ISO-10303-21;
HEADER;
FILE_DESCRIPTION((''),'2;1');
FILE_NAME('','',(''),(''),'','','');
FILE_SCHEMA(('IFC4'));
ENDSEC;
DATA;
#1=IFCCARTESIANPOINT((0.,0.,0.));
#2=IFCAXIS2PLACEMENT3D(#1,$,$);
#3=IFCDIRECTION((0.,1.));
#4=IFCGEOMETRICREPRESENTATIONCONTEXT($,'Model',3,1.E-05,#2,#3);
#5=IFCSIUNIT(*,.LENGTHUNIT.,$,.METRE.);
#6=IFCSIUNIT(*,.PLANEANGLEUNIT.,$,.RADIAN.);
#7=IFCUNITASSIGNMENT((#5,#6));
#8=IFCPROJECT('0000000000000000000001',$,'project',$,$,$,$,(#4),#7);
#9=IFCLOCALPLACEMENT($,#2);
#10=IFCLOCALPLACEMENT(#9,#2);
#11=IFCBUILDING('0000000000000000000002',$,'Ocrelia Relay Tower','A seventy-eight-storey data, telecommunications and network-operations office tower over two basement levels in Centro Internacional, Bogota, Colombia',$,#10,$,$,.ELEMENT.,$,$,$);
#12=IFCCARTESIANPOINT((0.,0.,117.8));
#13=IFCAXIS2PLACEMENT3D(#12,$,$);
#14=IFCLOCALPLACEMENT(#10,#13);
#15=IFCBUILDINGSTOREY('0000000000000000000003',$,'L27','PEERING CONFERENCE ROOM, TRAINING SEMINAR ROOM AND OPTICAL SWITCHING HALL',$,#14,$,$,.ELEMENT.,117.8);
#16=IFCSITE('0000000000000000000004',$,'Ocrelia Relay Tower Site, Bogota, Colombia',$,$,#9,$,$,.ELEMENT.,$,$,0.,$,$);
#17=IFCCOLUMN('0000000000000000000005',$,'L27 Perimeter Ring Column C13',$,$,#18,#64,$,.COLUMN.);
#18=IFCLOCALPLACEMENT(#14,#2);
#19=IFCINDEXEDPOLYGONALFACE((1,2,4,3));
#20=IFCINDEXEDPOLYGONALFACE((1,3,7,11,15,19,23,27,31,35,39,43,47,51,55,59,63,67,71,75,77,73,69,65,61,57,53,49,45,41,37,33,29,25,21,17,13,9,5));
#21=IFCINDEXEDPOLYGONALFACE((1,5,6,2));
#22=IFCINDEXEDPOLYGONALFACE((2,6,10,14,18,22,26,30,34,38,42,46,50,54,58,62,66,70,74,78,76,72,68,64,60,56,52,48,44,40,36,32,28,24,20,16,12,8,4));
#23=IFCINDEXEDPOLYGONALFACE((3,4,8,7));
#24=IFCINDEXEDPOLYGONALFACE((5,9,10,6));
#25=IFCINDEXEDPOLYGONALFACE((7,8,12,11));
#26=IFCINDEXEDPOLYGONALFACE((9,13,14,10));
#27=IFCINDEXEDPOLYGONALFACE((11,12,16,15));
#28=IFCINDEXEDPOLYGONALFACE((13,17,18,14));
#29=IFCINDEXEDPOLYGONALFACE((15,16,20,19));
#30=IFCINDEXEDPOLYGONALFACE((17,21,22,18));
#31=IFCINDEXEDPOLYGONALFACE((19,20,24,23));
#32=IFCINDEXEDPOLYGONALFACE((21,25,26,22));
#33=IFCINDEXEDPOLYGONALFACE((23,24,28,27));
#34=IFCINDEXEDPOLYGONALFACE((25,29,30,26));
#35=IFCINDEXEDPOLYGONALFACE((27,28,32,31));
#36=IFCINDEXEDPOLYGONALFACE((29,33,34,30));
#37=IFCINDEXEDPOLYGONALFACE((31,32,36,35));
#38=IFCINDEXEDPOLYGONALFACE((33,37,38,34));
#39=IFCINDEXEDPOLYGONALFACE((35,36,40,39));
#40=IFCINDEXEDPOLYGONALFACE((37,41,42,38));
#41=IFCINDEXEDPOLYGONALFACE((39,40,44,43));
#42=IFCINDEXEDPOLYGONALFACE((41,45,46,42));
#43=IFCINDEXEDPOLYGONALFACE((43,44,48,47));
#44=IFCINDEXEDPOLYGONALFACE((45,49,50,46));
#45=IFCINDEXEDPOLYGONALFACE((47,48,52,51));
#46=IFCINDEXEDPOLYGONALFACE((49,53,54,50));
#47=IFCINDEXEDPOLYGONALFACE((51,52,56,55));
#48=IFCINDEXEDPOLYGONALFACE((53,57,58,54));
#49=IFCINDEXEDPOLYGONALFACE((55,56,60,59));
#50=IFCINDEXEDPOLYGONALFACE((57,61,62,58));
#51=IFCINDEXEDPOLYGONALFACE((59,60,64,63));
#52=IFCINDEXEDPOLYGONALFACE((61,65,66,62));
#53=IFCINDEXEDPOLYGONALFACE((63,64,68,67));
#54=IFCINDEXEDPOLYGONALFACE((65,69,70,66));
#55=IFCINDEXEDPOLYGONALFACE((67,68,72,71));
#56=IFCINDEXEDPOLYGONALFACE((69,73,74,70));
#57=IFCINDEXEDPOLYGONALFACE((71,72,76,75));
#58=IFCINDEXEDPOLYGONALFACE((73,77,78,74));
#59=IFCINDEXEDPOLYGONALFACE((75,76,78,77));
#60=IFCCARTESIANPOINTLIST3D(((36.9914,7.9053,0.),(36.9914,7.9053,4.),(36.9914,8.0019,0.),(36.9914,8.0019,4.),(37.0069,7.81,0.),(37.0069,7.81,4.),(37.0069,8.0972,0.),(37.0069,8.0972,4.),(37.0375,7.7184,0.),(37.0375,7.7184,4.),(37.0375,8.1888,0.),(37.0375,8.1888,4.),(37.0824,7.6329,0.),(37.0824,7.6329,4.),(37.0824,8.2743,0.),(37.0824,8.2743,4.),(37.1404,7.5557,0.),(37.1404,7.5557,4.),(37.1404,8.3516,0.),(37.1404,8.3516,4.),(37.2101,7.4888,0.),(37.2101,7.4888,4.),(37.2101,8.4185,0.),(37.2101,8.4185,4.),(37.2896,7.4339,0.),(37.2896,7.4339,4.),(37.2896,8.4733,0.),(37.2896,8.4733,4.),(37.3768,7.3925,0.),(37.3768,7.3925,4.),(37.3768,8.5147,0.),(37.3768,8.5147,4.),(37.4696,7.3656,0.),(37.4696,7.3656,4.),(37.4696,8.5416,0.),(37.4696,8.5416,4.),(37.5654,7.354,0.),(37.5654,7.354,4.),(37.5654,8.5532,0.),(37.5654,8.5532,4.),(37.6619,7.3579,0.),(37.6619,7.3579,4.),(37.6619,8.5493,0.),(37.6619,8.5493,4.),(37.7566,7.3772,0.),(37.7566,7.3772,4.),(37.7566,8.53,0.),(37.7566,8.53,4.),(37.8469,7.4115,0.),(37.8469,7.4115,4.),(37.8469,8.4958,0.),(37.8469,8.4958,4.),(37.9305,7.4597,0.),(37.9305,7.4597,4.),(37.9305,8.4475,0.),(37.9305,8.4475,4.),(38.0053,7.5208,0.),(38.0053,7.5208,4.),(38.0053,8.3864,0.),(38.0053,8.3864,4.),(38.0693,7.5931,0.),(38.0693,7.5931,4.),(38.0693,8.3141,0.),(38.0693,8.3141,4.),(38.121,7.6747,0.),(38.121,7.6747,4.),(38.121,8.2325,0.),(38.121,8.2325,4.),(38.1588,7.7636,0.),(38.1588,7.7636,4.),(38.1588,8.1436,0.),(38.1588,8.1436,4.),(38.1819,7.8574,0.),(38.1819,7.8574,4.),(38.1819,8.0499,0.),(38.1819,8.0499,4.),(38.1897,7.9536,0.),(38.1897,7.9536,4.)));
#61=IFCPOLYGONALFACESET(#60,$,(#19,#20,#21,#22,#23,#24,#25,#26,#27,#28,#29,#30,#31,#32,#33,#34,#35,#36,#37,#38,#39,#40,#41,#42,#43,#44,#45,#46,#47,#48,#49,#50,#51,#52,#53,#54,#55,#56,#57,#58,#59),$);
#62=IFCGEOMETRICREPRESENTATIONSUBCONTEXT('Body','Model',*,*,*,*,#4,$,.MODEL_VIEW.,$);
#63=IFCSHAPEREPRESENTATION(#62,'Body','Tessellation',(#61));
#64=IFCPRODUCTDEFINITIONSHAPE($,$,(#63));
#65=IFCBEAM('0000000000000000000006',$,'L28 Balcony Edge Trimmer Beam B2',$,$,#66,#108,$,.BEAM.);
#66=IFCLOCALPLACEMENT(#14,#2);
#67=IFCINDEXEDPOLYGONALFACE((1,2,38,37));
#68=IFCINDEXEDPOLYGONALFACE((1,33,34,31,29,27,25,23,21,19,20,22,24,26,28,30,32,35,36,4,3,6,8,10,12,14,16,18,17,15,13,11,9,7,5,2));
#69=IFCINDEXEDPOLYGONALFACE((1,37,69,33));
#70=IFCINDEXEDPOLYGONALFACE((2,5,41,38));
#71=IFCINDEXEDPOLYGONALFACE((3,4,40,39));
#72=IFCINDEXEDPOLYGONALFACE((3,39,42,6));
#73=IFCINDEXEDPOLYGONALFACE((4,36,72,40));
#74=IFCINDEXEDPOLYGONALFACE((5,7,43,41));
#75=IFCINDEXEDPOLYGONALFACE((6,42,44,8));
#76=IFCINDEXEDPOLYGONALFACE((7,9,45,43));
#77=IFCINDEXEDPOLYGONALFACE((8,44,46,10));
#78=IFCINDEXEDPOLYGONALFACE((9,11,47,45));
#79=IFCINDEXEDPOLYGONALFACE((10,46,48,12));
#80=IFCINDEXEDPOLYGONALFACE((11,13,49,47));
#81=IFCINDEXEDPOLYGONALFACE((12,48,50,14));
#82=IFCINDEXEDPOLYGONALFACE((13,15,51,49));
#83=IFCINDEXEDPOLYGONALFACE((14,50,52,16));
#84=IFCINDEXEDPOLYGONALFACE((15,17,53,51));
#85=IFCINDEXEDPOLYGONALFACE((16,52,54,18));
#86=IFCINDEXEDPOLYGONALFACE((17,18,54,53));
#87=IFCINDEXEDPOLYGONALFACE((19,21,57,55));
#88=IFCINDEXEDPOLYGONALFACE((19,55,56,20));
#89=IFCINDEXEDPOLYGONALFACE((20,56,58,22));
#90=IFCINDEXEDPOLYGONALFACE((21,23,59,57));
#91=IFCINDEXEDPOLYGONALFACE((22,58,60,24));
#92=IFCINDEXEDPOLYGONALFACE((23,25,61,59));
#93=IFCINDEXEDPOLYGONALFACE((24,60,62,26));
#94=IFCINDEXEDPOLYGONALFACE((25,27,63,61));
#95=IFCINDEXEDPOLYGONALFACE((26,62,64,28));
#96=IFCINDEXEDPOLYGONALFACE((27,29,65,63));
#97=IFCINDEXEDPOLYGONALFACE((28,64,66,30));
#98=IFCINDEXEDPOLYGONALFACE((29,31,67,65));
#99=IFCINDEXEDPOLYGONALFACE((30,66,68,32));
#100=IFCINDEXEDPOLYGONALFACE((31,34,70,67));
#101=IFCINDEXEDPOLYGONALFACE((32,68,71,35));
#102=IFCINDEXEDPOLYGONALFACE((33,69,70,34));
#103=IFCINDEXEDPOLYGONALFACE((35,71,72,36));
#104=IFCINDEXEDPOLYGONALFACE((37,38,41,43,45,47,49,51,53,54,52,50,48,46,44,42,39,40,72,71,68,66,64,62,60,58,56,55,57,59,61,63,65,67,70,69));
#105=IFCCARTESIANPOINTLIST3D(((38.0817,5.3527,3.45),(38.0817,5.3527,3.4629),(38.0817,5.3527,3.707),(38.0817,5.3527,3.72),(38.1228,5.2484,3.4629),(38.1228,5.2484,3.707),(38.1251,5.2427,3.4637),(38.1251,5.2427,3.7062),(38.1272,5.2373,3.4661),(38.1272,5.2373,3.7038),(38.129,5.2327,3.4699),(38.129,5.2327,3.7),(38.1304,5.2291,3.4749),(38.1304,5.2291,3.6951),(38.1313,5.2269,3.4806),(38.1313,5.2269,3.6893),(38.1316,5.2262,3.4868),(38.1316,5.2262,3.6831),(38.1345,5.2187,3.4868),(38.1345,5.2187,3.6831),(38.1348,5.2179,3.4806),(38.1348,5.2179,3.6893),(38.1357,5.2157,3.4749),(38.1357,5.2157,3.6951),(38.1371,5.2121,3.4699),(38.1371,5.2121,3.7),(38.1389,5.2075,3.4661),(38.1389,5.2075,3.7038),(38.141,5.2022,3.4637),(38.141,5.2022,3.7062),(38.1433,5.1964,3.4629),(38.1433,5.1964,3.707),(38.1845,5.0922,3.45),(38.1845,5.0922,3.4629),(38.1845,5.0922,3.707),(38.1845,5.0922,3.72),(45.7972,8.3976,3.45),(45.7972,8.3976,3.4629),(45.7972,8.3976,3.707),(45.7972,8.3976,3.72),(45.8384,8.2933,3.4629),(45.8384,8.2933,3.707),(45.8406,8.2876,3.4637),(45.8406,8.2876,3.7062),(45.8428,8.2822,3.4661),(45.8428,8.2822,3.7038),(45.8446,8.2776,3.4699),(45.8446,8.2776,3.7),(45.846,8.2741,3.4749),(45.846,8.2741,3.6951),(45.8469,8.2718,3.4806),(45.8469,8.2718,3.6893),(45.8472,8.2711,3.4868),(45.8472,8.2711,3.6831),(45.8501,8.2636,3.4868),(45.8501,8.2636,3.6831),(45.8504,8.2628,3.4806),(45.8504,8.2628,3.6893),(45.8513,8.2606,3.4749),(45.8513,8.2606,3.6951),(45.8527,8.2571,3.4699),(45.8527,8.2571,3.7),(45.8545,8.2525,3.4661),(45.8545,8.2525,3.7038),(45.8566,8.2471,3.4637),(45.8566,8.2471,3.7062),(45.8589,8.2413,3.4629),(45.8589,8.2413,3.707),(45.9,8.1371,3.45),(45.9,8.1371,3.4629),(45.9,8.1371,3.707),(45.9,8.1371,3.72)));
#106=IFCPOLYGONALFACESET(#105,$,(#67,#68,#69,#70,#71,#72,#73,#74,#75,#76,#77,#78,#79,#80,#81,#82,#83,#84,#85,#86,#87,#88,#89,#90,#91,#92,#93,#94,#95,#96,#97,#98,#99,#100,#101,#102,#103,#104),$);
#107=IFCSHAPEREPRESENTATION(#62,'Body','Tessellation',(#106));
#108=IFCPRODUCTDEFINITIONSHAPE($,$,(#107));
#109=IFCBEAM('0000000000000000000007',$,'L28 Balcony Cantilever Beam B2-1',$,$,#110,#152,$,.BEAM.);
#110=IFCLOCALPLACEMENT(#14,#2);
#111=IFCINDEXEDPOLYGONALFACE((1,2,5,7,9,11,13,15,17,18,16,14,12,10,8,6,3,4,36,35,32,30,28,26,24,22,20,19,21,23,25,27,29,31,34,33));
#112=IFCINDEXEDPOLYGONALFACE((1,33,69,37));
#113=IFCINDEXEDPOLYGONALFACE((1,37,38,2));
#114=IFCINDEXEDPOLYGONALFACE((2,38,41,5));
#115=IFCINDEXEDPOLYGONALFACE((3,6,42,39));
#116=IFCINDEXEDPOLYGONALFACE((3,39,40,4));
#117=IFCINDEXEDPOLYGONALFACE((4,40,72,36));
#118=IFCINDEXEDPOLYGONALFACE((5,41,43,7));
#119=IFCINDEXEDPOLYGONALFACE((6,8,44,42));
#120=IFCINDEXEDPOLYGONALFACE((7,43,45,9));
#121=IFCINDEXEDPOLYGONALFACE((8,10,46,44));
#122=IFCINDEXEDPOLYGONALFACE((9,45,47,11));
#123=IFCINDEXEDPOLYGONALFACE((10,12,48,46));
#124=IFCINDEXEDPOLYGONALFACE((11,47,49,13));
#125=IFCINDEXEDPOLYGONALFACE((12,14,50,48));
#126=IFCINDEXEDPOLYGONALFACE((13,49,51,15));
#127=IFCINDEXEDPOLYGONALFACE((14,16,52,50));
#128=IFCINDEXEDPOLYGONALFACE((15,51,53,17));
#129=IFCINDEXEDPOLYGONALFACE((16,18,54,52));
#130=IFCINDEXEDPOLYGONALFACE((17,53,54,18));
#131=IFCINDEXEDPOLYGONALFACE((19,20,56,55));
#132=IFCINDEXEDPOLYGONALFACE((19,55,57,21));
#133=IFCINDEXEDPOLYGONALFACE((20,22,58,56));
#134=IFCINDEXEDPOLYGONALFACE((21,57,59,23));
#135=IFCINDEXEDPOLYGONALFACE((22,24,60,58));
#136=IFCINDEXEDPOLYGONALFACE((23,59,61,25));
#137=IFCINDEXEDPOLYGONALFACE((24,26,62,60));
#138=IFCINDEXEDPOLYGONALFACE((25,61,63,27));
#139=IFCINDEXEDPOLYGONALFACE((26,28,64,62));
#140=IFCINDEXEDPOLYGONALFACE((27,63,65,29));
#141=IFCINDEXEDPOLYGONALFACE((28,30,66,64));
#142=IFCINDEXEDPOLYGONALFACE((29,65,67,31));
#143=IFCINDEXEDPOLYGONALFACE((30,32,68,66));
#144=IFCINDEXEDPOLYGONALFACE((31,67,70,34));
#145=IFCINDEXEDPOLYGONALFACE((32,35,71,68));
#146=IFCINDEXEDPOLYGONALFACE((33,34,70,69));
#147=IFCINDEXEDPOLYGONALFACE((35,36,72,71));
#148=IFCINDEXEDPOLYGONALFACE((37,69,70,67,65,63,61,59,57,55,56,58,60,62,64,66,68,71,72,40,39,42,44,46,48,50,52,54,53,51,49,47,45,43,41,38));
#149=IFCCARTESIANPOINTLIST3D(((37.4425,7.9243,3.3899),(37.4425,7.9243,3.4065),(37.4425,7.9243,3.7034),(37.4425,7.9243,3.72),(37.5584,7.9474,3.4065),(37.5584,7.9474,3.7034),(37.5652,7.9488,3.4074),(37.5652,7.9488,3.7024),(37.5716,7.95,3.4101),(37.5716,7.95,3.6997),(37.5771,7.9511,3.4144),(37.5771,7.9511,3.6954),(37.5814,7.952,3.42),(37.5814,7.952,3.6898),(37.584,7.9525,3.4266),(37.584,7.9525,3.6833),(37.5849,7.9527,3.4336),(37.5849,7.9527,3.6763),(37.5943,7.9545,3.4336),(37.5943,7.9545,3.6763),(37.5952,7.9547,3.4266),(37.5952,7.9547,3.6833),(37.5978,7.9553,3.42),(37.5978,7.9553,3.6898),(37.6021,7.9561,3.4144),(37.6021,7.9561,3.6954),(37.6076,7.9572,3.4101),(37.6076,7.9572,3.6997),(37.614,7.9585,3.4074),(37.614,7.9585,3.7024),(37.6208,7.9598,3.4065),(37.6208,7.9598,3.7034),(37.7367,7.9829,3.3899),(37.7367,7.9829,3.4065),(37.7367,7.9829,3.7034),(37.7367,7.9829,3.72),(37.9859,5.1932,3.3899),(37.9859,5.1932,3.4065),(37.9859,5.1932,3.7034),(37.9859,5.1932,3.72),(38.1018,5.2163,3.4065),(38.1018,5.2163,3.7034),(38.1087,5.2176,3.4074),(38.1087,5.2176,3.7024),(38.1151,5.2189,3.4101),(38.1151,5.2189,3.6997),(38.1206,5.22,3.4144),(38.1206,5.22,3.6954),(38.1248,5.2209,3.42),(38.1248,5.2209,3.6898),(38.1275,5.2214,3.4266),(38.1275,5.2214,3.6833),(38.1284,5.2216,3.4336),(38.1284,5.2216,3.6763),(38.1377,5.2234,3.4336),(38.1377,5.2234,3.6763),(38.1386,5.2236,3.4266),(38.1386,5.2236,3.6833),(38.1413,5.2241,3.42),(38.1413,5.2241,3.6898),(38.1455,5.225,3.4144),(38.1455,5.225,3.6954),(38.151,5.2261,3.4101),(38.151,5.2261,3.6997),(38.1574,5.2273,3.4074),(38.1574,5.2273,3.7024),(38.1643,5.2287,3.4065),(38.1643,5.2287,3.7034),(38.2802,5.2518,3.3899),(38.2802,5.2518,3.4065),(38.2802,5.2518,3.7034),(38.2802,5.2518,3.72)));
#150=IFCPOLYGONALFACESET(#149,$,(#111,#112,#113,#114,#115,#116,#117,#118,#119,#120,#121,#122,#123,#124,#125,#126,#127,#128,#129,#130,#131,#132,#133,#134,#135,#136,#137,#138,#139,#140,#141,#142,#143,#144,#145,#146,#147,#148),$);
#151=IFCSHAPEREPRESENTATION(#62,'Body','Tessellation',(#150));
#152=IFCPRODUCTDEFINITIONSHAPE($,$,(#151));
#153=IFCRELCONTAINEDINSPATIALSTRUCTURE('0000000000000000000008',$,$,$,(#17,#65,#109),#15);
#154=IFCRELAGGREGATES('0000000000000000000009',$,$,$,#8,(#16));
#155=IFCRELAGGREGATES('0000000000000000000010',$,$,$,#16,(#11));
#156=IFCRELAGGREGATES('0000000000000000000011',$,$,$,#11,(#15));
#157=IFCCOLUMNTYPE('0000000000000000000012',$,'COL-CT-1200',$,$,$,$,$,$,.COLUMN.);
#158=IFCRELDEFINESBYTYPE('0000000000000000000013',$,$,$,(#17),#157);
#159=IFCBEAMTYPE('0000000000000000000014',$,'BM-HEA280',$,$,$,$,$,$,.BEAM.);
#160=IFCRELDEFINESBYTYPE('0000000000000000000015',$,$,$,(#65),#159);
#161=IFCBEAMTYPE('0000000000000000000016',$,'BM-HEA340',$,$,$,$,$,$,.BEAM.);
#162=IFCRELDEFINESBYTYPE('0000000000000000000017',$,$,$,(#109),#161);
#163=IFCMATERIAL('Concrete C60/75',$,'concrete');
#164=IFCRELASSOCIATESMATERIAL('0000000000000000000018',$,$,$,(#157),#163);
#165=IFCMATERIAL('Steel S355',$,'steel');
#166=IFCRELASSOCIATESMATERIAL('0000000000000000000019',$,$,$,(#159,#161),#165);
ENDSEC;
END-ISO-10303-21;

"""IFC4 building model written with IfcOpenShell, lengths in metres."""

from ifc_helpers import new_model, si_unit, direction, frame, origin, origin_2d, place, context, subcontext, project, spatial, circle, i_section, extrude, material, material_profile, profile_set, type_object, element, save


model = new_model("IFC4")

# Units and contexts
model_context = context("Model", 3, precision=1e-05, world=origin(), true_north=direction((0.0, 1.0)))
body_context = subcontext(model_context, "Body", "Model", "MODEL_VIEW")
ifc_project = project(units=[si_unit("LENGTHUNIT", "METRE"), si_unit("PLANEANGLEUNIT", "RADIAN")], contexts=[model_context])

# Site, building, storey
site_placement = place(None, origin())
site = spatial("IfcSite", under=ifc_project, at=site_placement, Name="Ocrelia Relay Tower Site, Bogota, Colombia", CompositionType="ELEMENT", RefElevation=0.0)
building_placement = place(site_placement, origin())
building = spatial("IfcBuilding", under=site, at=building_placement, Name="Ocrelia Relay Tower", Description="A seventy-eight-storey data, telecommunications and network-operations office tower over two basement levels in Centro Internacional, Bogota, Colombia", CompositionType="ELEMENT")
storey_placement = place(building_placement, frame((0.0, 0.0, 117.8)))
storey = spatial("IfcBuildingStorey", under=building, at=storey_placement, Name="L27", Description="PEERING CONFERENCE ROOM, TRAINING SEMINAR ROOM AND OPTICAL SWITCHING HALL", CompositionType="ELEMENT", Elevation=117.8)

# Column
ifc_material_1 = material(Name="Concrete C60/75", Category="concrete")
ifc_material_profile_1 = material_profile(ifc_material_1, circle(Radius=0.6001, at=origin_2d()), Name="RC-CIR-1200")
ifc_profile_set_1 = profile_set([ifc_material_profile_1], Name="Concrete C60/75")
column_type = type_object("IfcColumnType", Name="COL-CT-1200", PredefinedType="COLUMN", material=ifc_profile_set_1)
column_placement = place(storey_placement, frame((37.5896, 7.9536, 0.0), z_axis=(0.0, 0.0, 1.0), x_axis=(1.0, 0.0, 0.0)))
element("IfcColumn", 1, at=column_placement, inside=storey, type_object=column_type, Name="L27 Perimeter Ring Column C13", PredefinedType="COLUMN", context=body_context, shape_type="SweptSolid", body=[
    extrude(circle(Radius=0.6001, at=origin_2d()), origin(), (0.0, 0.0, 1.0), 4.0),
])

# Beams
ifc_material_2 = material(Name="Steel S355", Category="steel")
ifc_material_profile_2 = material_profile(ifc_material_2, i_section(OverallWidth=0.28, OverallDepth=0.27, WebThickness=0.0081, FlangeThickness=0.0129, FilletRadius=0.0239, at=origin_2d()), Name="HEA 280")
ifc_profile_set_2 = profile_set([ifc_material_profile_2], Name="Steel S355")
beam_type_1 = type_object("IfcBeamType", Name="BM-HEA280", PredefinedType="BEAM", material=ifc_profile_set_2)
beam_1_placement = place(storey_placement, frame((38.1331, 5.2224, 3.585), z_axis=(0.930184, 0.367093, 0.0), x_axis=(-0.367093, 0.930184, 0.0)))
element("IfcBeam", 2, at=beam_1_placement, inside=storey, type_object=beam_type_1, Name="L28 Balcony Edge Trimmer Beam B2", PredefinedType="BEAM", context=body_context, shape_type="SweptSolid", body=[
    extrude(i_section(OverallWidth=0.28, OverallDepth=0.27, WebThickness=0.0081, FlangeThickness=0.0129, FilletRadius=0.0239, at=origin_2d()), origin(), (0.0, 0.0, 1.0), 8.2947),
])
ifc_material_profile_3 = material_profile(ifc_material_2, i_section(OverallWidth=0.3, OverallDepth=0.3301, WebThickness=0.0095, FlangeThickness=0.0166, FilletRadius=0.0271, at=origin_2d()), Name="HEA 340")
ifc_profile_set_3 = profile_set([ifc_material_profile_3], Name="Steel S355")
beam_type_2 = type_object("IfcBeamType", Name="BM-HEA340", PredefinedType="BEAM", material=ifc_profile_set_3)
beam_2_placement = place(storey_placement, frame((37.5896, 7.9536, 3.5549), z_axis=(0.195155, -0.980772, 0.0), x_axis=(0.980772, 0.195155, 0.0)))
element("IfcBeam", 3, at=beam_2_placement, inside=storey, type_object=beam_type_2, Name="L28 Balcony Cantilever Beam B2-1", PredefinedType="BEAM", context=body_context, shape_type="SweptSolid", body=[
    extrude(i_section(OverallWidth=0.3, OverallDepth=0.3301, WebThickness=0.0095, FlangeThickness=0.0166, FilletRadius=0.0271, at=origin_2d()), origin(), (0.0, 0.0, 1.0), 2.7847),
])

save(model, "model.ifc")
